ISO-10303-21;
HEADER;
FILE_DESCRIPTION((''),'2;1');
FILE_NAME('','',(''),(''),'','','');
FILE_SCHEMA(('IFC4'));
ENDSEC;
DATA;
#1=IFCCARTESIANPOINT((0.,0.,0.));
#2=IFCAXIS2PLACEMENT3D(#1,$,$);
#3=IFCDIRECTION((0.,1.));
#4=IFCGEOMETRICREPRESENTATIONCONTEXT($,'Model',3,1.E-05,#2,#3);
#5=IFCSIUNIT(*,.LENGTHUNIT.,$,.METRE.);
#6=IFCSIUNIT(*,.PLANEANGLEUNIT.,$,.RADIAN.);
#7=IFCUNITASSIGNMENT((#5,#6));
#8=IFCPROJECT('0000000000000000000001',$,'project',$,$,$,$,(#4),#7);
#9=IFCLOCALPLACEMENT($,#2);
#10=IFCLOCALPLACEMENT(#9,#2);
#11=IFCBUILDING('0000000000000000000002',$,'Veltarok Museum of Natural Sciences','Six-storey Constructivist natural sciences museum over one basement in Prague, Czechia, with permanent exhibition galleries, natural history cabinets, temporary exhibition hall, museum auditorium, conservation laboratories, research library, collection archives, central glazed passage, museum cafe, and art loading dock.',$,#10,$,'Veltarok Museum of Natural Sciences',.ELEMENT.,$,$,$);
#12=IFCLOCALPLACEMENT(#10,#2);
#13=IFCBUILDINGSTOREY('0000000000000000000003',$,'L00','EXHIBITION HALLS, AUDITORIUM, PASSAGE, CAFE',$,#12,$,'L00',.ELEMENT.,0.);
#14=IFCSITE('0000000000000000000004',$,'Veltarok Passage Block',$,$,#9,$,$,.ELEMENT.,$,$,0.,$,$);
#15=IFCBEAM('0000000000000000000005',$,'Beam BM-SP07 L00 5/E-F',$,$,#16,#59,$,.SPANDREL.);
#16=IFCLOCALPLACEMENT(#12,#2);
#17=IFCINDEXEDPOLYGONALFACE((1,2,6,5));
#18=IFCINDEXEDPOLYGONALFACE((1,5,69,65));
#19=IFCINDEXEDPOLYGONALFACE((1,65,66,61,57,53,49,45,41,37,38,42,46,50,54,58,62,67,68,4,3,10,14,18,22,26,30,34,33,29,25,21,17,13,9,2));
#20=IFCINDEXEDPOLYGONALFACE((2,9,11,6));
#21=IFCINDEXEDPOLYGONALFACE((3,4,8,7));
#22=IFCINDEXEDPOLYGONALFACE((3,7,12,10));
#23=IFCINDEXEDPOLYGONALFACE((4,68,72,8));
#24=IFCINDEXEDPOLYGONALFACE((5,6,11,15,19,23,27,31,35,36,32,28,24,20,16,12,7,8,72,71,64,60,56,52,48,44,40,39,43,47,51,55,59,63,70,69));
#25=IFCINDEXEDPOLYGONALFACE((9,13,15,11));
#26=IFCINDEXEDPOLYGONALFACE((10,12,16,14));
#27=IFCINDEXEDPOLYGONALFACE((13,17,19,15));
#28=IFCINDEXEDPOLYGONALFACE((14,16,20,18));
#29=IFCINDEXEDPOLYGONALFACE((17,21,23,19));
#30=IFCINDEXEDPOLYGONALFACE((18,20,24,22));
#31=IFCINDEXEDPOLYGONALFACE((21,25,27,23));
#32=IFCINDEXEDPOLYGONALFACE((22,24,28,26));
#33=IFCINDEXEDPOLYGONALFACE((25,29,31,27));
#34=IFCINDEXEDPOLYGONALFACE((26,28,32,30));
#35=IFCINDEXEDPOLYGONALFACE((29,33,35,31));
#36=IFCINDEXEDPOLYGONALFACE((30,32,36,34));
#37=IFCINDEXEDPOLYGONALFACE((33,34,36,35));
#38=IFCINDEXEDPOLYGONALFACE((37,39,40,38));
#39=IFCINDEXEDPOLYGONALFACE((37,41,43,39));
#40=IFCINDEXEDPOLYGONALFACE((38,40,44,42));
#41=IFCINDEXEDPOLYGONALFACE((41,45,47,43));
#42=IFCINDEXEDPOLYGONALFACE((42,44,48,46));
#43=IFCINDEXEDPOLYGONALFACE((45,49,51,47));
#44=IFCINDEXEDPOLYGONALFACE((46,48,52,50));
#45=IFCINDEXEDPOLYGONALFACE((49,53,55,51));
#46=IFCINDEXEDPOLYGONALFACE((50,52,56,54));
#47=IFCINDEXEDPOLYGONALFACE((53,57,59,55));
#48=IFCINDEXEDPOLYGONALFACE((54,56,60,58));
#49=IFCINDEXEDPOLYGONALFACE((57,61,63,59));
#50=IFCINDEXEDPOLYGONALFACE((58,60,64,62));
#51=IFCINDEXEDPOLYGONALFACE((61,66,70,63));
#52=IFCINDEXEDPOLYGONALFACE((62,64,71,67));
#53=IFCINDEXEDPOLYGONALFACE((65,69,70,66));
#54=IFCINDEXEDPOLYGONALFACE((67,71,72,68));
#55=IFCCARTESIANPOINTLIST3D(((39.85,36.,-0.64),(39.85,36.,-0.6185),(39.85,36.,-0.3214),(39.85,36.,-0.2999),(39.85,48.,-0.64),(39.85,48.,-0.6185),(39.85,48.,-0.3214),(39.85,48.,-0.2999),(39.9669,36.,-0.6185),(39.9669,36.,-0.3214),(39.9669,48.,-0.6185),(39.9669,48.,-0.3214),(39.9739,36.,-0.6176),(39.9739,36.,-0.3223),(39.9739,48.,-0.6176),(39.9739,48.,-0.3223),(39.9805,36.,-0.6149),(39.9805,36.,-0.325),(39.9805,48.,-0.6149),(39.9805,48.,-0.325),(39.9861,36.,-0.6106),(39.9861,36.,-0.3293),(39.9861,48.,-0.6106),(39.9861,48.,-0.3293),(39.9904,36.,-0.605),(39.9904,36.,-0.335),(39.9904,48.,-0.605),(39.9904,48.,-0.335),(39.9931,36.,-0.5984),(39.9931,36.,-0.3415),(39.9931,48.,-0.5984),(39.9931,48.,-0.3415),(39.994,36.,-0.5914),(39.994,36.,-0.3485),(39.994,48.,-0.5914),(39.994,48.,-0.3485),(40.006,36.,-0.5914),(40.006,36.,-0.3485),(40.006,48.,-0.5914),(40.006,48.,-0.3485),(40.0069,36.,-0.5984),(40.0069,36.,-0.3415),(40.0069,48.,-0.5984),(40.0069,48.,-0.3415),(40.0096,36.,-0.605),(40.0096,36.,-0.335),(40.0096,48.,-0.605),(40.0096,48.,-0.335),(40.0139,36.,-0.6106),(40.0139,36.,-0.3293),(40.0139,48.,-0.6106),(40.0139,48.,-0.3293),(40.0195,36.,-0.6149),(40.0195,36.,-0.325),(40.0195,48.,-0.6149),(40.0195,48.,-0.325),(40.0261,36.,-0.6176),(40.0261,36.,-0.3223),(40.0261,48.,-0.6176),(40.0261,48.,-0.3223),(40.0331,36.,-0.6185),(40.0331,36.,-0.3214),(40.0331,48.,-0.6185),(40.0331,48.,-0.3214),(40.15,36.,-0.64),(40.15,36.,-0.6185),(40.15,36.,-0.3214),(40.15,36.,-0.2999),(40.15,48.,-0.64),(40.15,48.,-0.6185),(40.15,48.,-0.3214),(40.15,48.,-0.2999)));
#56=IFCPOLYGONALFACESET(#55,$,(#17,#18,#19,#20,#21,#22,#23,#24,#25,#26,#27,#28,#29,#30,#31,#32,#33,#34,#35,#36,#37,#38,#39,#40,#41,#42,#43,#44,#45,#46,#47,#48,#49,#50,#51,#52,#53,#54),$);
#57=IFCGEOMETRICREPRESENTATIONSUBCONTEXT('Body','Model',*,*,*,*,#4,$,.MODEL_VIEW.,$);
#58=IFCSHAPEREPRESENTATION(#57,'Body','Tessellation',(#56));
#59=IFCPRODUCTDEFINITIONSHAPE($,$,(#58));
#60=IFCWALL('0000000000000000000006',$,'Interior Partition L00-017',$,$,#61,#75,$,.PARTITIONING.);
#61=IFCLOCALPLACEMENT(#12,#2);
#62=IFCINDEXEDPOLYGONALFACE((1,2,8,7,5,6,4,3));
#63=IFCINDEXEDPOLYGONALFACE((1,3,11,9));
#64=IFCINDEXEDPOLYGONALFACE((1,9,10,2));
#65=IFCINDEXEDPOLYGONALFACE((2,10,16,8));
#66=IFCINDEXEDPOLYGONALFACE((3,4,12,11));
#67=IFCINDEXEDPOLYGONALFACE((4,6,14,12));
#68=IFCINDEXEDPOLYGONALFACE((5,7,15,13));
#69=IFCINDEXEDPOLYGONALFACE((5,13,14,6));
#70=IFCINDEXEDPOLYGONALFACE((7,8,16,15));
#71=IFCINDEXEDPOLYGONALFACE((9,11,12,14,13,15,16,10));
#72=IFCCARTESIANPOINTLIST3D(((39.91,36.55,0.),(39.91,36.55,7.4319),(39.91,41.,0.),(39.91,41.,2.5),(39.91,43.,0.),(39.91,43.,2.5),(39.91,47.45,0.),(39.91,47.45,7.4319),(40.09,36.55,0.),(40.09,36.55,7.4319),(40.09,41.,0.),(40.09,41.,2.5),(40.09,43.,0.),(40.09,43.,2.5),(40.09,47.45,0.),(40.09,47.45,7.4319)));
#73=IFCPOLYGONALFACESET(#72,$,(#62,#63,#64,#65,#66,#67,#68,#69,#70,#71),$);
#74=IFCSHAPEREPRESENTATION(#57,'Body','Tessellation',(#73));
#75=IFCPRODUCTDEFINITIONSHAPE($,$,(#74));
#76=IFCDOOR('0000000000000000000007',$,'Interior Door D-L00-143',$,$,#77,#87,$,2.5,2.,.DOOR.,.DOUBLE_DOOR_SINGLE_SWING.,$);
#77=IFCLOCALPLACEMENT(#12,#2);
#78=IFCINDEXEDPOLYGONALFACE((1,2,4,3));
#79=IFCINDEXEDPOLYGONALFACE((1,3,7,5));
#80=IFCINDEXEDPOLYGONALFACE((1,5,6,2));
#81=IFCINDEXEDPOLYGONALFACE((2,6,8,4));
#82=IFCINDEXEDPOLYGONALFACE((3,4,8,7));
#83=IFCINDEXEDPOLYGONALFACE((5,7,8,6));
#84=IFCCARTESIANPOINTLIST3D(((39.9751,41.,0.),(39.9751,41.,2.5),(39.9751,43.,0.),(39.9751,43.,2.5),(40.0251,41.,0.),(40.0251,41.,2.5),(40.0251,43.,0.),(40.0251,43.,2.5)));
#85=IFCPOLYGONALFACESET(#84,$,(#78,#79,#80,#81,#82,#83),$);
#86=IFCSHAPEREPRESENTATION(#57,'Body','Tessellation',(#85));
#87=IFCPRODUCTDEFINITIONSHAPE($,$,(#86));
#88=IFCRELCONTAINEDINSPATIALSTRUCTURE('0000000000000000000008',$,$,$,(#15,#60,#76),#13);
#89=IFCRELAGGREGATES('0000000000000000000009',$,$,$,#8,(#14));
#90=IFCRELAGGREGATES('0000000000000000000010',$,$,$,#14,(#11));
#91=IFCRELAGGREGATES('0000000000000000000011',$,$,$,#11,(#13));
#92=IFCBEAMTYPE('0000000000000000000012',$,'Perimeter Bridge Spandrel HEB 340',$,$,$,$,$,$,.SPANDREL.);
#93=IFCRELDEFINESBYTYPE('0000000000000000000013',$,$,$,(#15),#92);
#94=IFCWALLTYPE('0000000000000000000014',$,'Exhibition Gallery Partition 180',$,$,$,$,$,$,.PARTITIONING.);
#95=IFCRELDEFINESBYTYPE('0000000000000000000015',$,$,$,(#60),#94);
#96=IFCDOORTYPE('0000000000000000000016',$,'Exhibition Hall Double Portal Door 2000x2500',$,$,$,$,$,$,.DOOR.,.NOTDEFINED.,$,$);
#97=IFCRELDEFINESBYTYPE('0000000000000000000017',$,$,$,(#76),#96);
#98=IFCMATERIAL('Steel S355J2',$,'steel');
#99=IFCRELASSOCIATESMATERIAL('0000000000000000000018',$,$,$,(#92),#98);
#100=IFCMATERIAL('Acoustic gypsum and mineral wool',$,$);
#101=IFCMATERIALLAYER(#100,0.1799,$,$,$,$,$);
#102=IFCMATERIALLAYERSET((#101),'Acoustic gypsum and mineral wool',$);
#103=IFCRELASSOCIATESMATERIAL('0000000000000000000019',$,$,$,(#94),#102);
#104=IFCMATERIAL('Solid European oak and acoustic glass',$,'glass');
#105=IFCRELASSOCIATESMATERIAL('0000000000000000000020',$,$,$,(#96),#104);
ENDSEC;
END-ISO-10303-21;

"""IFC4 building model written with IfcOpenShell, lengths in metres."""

from ifc_helpers import new_model, si_unit, direction, frame, frame_2d, origin, origin_2d, place, context, subcontext, project, spatial, rectangle, i_section, extrude, material, layer, layer_set, material_profile, profile_set, type_object, element, fill, save


model = new_model("IFC4")

# Units and contexts
model_context = context("Model", 3, precision=1e-05, world=origin(), true_north=direction((0.0, 1.0)))
body_context = subcontext(model_context, "Body", "Model", "MODEL_VIEW")
ifc_project = project(units=[si_unit("LENGTHUNIT", "METRE"), si_unit("PLANEANGLEUNIT", "RADIAN")], contexts=[model_context])

# Site, building, storey
site_placement = place(None, origin())
site = spatial("IfcSite", under=ifc_project, at=site_placement, Name="Veltarok Passage Block", CompositionType="ELEMENT", RefElevation=0.0)
building_placement = place(site_placement, origin())
building = spatial("IfcBuilding", under=site, at=building_placement, Name="Veltarok Museum of Natural Sciences", Description="Six-storey Constructivist natural sciences museum over one basement in Prague, Czechia, with permanent exhibition galleries, natural history cabinets, temporary exhibition hall, museum auditorium, conservation laboratories, research library, collection archives, central glazed passage, museum cafe, and art loading dock.", LongName="Veltarok Museum of Natural Sciences", CompositionType="ELEMENT")
storey_placement = place(building_placement, origin())
storey = spatial("IfcBuildingStorey", under=building, at=storey_placement, Name="L00", Description="EXHIBITION HALLS, AUDITORIUM, PASSAGE, CAFE", LongName="L00", CompositionType="ELEMENT", Elevation=0.0)

# Shared definitions
ifc_material_1 = material(Name="Steel S355J2", Category="steel")

# Beam
ifc_material_profile_1 = material_profile(ifc_material_1, i_section(OverallWidth=0.3, OverallDepth=0.3401, WebThickness=0.012, FlangeThickness=0.0215, FilletRadius=0.0271, at=origin_2d()), Name="HEB 340")
ifc_profile_set_1 = profile_set([ifc_material_profile_1], Name="Steel S355J2")
beam_type_1 = type_object("IfcBeamType", Name="Perimeter Bridge Spandrel HEB 340", PredefinedType="SPANDREL", material=ifc_profile_set_1)
for number, where, z_axis, x_axis, name in (
    (1, (40.0, 36.0, -0.47), (0.0, 1.0, 0.0), (-1.0, 0.0, 0.0), "Beam BM-SP07 L00 5/E-F"),
):
    element("IfcBeam", number, at=place(storey_placement, frame(where, z_axis=z_axis, x_axis=x_axis)), inside=storey, type_object=beam_type_1, Name=name, PredefinedType="SPANDREL", context=body_context, shape_type="SweptSolid", body=[
        extrude(i_section(OverallWidth=0.3, OverallDepth=0.3401, WebThickness=0.012, FlangeThickness=0.0215, FilletRadius=0.0271, at=origin_2d()), origin(), (0.0, 0.0, 1.0), 12.0),
    ])

# Wall, opening, door
ifc_material_2 = material(Name="Acoustic gypsum and mineral wool")
ifc_layer = layer(ifc_material_2, 0.1799)
ifc_layer_set = layer_set([ifc_layer], Name="Acoustic gypsum and mineral wool")
wall_type = type_object("IfcWallType", Name="Exhibition Gallery Partition 180", PredefinedType="PARTITIONING", material=ifc_layer_set)
wall_placement = place(storey_placement, frame((40.0, 36.55, 0.0), z_axis=(0.0, 0.0, 1.0), x_axis=(0.0, 1.0, 0.0)))
wall = element("IfcWall", 2, at=wall_placement, inside=storey, type_object=wall_type, Name="Interior Partition L00-017", PredefinedType="PARTITIONING", context=body_context, shape_type="SweptSolid", body=[
    extrude(rectangle(XDim=10.8999, YDim=0.1799, at=frame_2d((5.45, 0.0))), origin(), (0.0, 0.0, 1.0), 7.4319),
])
opening_placement = place(wall_placement, frame((4.45, 0.0, 0.0)))
opening = element("IfcOpeningElement", 3, at=opening_placement, cuts=wall, PredefinedType="OPENING", context=body_context, shape_type="SweptSolid", body=[
    extrude(rectangle(XDim=2.0, YDim=2.5, at=frame_2d((1.0, 1.25))), frame((0.0, 0.1001, 0.0), z_axis=(0.0, -1.0, 0.0), x_axis=(1.0, 0.0, 0.0)), (0.0, 0.0, 1.0), 0.2),
])
ifc_material_3 = material(Name="Solid European oak and acoustic glass", Category="glass")
door_type = type_object("IfcDoorType", Name="Exhibition Hall Double Portal Door 2000x2500", OperationType="NOTDEFINED", PredefinedType="DOOR", material=ifc_material_3)
door_placement = place(opening_placement, origin())
door = element("IfcDoor", 4, at=door_placement, inside=storey, type_object=door_type, Name="Interior Door D-L00-143", OperationType="DOUBLE_DOOR_SINGLE_SWING", OverallHeight=2.5, OverallWidth=2.0, PredefinedType="DOOR", context=body_context, shape_type="SweptSolid", body=[
    extrude(rectangle(XDim=2.0, YDim=2.5, at=frame_2d((1.0, 1.25))), frame((0.0, 0.0249, 0.0), z_axis=(0.0, -1.0, 0.0), x_axis=(1.0, 0.0, 0.0)), (0.0, 0.0, 1.0), 0.05),
])
fill(opening, door)

save(model, "model.ifc")
